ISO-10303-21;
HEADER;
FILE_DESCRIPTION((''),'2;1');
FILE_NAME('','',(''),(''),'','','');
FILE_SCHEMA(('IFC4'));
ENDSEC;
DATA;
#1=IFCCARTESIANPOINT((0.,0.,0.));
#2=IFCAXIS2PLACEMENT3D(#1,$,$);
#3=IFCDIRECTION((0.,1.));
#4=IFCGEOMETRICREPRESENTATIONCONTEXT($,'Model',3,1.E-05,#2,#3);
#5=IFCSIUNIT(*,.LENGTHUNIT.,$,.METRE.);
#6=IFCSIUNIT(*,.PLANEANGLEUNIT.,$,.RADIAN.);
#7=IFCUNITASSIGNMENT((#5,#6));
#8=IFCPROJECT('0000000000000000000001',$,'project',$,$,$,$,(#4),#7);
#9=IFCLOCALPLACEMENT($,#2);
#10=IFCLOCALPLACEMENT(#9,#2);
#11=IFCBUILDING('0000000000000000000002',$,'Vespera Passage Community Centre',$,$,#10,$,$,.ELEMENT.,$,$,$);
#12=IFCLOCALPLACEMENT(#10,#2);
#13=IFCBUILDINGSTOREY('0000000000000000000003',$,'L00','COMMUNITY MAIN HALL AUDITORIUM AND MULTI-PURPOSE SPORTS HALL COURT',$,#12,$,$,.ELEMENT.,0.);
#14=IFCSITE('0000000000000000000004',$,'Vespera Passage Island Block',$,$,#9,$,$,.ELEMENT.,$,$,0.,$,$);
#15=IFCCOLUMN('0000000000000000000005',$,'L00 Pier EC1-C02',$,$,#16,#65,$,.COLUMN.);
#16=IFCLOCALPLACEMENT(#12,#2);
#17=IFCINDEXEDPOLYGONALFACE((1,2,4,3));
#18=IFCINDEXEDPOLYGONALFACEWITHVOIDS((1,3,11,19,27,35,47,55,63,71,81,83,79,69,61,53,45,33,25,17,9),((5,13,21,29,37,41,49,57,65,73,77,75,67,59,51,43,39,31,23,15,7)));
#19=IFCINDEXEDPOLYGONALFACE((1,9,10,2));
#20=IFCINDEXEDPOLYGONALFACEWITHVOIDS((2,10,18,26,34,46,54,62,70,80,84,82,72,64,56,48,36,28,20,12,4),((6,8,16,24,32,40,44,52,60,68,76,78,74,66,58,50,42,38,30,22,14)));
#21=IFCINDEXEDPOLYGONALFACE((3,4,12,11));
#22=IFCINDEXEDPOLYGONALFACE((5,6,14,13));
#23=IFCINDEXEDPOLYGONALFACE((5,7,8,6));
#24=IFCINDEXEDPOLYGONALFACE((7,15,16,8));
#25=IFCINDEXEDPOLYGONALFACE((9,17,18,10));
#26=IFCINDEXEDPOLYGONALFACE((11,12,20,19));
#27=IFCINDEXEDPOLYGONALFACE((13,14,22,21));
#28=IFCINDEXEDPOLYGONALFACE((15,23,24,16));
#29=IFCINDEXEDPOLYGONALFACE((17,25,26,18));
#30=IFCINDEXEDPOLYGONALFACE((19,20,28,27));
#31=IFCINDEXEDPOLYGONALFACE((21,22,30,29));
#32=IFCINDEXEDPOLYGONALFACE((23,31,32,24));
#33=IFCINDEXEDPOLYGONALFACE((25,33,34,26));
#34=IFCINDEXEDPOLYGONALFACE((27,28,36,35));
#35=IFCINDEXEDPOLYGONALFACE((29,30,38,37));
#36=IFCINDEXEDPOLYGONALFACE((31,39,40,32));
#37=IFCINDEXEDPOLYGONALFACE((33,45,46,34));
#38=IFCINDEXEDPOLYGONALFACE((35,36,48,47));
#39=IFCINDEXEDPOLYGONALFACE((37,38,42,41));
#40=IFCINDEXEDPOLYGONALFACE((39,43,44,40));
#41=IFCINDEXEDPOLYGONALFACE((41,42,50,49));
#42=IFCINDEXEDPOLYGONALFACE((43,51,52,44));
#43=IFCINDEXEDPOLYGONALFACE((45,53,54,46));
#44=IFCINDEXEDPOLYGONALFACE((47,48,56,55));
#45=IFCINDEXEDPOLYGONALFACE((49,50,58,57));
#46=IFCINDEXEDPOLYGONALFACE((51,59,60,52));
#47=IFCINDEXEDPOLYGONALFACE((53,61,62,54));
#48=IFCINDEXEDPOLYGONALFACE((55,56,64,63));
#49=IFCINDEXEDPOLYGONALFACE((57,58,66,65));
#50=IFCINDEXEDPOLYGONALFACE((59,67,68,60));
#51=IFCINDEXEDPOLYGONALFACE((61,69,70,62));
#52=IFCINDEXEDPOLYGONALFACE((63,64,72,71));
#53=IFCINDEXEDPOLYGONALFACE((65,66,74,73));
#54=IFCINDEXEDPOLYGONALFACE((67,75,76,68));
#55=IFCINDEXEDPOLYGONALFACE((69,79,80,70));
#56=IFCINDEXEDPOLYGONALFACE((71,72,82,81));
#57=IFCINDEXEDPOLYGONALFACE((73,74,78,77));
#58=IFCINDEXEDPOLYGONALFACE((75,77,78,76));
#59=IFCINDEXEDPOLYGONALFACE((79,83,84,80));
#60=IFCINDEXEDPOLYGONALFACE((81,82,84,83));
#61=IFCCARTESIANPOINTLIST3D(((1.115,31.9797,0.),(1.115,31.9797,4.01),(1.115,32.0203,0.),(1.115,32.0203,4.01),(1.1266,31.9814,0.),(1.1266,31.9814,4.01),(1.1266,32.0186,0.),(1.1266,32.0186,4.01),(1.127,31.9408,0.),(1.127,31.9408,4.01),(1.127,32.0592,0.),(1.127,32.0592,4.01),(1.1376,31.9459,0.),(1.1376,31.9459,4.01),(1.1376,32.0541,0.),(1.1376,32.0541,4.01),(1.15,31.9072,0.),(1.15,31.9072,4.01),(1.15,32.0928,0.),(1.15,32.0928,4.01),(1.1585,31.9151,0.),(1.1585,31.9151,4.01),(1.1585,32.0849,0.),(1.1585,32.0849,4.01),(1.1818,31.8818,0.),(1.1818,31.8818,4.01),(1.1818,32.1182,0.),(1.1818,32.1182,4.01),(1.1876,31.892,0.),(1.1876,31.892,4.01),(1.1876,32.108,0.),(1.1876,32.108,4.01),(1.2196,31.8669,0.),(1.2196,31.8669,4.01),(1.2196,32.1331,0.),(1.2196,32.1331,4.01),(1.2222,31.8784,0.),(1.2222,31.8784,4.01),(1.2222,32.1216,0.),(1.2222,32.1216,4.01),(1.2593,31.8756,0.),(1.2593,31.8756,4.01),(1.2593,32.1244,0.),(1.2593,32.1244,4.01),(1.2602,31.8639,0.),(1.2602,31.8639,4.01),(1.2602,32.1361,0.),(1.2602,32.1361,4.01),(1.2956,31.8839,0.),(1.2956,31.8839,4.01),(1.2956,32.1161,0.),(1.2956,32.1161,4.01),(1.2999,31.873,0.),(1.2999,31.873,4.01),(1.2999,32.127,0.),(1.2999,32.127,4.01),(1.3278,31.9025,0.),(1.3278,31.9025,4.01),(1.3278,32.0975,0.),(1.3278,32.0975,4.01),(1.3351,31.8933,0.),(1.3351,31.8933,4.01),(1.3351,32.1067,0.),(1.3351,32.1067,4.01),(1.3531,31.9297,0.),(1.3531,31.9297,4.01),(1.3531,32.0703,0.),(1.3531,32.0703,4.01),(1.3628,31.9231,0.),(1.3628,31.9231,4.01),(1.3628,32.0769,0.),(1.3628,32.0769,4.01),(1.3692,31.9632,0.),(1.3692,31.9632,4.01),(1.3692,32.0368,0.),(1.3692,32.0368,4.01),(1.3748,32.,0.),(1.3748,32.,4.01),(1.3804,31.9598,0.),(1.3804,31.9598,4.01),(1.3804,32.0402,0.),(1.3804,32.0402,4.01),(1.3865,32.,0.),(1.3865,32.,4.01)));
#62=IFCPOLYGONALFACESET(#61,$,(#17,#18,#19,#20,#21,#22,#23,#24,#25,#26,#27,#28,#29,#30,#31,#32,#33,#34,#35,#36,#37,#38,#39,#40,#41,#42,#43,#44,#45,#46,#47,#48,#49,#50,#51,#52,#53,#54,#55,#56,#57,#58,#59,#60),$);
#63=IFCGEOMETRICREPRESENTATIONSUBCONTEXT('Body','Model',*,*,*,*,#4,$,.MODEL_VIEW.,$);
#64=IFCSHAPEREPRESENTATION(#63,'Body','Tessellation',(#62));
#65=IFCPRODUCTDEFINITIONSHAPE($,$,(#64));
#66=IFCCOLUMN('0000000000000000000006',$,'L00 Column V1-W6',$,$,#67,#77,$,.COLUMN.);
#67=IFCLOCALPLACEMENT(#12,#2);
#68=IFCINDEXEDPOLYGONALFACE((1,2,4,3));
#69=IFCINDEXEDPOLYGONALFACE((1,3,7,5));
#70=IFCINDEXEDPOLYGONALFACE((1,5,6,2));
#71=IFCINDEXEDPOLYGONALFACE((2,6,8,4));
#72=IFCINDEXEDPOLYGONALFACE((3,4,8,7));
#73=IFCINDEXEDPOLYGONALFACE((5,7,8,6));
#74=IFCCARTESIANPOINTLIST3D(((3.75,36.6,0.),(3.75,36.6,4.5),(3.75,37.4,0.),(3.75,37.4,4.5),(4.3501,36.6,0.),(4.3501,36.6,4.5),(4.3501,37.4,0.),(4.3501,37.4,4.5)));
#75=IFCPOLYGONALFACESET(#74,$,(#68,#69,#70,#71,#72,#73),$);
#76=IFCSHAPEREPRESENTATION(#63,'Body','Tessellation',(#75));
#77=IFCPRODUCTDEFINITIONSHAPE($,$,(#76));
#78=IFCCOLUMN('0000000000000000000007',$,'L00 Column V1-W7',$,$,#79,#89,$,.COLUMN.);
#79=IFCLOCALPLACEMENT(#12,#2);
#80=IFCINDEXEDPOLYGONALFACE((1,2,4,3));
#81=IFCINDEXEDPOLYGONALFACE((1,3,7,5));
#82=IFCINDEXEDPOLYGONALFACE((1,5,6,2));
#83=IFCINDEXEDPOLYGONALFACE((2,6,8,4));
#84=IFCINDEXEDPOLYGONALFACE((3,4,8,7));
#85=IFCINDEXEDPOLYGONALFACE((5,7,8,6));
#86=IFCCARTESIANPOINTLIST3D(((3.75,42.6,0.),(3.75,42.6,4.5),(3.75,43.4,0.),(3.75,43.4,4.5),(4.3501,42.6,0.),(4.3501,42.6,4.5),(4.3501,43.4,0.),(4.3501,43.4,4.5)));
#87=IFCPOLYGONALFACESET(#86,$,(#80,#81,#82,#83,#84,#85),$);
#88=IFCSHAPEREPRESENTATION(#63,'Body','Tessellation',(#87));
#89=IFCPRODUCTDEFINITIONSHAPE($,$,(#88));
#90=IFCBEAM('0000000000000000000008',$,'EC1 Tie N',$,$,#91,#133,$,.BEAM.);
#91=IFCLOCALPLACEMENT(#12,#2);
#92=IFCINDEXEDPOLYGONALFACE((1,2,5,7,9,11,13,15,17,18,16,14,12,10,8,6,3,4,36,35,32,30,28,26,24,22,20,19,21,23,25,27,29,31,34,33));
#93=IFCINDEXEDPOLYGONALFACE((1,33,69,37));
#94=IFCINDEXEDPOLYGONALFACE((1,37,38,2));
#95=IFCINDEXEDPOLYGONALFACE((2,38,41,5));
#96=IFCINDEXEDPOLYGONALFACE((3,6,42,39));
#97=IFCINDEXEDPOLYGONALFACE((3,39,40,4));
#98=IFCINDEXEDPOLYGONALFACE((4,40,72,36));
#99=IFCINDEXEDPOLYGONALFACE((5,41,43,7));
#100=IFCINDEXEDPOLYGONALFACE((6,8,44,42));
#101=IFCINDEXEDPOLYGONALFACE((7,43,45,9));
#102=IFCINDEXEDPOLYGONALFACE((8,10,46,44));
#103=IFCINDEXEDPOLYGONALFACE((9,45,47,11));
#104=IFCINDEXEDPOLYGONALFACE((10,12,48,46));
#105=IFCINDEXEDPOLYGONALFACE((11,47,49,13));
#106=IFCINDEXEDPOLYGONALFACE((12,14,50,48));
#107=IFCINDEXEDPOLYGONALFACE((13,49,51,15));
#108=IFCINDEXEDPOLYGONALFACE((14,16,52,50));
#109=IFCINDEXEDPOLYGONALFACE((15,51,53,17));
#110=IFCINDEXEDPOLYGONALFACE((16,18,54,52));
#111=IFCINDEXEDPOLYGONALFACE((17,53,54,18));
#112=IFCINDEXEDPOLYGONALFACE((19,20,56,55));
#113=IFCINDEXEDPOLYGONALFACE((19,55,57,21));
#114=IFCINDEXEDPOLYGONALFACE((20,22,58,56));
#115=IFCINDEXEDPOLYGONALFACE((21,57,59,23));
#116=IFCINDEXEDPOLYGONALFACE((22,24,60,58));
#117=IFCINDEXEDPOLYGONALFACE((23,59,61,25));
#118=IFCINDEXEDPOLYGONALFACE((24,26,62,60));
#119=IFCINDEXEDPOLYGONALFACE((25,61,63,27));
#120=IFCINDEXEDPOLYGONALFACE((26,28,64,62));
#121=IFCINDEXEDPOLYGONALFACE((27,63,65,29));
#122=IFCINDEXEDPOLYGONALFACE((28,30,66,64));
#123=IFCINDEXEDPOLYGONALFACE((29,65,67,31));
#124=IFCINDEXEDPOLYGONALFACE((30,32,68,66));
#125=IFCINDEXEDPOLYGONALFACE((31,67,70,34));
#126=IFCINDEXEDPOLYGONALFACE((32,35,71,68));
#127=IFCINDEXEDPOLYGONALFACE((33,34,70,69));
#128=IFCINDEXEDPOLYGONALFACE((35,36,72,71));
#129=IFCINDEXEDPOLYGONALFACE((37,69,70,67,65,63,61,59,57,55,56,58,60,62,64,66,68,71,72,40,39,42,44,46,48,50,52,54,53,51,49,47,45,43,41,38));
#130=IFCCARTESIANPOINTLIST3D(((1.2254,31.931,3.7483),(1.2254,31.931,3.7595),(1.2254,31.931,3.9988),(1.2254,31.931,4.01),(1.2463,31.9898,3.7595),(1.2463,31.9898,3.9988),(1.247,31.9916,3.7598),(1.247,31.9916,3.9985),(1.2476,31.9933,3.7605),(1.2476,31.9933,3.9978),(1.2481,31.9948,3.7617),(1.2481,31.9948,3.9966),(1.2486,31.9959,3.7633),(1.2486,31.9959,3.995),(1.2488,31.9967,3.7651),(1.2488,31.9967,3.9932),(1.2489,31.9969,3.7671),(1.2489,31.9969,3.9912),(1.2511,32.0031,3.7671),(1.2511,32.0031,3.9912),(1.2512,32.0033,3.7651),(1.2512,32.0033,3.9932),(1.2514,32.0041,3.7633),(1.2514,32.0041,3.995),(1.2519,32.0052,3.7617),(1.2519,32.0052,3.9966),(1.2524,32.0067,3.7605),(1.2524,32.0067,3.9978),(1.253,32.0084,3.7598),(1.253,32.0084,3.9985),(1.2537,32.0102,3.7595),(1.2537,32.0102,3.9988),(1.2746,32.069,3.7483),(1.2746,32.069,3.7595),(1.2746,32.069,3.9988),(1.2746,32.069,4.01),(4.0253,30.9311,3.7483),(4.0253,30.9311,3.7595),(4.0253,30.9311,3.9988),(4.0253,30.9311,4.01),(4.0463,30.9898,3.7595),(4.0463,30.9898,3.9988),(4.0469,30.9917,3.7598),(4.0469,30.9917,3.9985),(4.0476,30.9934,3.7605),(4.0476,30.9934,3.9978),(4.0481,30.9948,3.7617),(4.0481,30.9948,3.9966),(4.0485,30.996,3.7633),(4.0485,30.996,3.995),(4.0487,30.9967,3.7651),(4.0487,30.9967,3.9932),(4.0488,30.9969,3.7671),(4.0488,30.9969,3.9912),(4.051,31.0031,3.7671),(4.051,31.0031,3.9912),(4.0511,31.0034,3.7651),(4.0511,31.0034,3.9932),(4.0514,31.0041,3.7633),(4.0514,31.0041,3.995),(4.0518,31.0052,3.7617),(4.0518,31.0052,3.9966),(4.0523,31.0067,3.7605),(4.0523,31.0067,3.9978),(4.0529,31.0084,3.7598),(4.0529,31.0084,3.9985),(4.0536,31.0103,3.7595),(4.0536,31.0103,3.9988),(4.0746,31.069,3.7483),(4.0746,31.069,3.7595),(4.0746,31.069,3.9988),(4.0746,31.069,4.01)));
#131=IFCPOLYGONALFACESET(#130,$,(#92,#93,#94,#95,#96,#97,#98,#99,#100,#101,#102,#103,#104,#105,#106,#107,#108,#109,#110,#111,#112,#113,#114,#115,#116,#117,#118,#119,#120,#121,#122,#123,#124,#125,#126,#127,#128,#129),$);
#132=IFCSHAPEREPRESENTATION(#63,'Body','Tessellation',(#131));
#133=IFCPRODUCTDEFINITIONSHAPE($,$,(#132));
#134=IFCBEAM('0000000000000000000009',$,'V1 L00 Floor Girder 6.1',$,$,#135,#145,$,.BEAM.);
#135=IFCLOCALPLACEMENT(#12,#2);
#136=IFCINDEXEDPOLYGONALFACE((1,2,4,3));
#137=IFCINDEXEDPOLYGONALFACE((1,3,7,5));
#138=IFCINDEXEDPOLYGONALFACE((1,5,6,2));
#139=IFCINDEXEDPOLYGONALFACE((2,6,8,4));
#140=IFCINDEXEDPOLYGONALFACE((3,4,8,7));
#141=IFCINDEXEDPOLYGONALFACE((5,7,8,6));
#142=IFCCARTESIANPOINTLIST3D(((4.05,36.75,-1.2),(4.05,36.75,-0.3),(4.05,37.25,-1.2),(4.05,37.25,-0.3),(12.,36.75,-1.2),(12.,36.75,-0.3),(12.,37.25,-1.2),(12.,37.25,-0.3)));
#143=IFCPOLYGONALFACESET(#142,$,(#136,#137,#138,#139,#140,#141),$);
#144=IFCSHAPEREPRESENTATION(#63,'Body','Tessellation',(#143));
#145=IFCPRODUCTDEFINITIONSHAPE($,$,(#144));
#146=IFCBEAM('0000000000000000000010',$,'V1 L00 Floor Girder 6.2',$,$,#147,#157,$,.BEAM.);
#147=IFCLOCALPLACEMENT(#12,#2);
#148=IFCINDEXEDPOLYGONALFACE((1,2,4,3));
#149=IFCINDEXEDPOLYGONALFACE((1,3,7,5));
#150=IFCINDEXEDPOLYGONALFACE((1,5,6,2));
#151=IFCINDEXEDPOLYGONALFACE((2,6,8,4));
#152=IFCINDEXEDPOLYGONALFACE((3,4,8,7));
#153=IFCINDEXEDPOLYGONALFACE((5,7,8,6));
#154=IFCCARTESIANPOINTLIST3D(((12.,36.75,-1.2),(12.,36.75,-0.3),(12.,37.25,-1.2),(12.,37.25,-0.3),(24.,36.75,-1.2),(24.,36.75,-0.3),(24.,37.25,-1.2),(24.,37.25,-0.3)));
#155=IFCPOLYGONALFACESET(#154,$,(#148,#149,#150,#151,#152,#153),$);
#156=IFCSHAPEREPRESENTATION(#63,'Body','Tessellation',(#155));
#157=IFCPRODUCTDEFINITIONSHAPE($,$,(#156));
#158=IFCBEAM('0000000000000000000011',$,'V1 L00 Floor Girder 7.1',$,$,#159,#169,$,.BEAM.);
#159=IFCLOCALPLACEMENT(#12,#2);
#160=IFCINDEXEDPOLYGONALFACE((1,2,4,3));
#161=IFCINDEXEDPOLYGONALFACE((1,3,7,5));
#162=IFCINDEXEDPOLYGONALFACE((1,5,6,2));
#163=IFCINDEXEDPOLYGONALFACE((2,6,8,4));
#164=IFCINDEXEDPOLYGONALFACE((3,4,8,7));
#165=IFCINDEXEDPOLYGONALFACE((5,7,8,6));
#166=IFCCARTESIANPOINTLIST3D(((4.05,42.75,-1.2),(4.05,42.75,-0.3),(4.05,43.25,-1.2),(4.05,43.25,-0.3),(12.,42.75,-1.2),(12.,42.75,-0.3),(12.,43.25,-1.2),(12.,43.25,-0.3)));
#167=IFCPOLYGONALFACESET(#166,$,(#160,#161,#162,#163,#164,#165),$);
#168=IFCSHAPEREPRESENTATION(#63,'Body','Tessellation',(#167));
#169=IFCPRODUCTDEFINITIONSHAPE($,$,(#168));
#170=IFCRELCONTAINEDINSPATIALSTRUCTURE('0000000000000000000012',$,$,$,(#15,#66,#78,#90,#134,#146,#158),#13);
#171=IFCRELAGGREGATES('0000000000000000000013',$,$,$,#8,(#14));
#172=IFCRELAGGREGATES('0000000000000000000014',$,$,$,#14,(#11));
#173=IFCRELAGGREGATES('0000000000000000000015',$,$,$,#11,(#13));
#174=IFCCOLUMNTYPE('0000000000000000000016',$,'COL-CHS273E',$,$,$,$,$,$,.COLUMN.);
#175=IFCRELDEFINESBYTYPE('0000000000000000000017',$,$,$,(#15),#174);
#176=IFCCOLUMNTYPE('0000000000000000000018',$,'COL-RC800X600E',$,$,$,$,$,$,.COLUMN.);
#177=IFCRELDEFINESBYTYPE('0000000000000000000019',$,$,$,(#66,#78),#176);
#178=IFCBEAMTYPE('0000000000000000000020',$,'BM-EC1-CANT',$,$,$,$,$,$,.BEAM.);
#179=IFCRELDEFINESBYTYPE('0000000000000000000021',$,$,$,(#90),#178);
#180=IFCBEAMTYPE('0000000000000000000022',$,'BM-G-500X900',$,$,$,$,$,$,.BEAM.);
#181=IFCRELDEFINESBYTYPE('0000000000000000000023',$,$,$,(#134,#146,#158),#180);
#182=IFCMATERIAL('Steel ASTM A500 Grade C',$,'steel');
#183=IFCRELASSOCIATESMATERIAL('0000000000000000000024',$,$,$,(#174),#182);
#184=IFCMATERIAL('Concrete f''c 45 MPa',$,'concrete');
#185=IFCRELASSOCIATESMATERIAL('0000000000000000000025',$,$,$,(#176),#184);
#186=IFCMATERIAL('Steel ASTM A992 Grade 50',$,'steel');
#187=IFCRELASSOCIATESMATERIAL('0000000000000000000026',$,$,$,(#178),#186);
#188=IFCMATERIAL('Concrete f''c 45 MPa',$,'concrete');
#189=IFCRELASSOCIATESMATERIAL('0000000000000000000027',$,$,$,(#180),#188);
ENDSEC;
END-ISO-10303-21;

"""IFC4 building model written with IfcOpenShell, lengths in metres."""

from ifc_helpers import new_model, si_unit, direction, frame, origin, origin_2d, place, context, subcontext, project, spatial, rectangle, hollow_circle, i_section, extrude, material, material_profile, profile_set, type_object, element, save


model = new_model("IFC4")

# Units and contexts
model_context = context("Model", 3, precision=1e-05, world=origin(), true_north=direction((0.0, 1.0)))
body_context = subcontext(model_context, "Body", "Model", "MODEL_VIEW")
ifc_project = project(units=[si_unit("LENGTHUNIT", "METRE"), si_unit("PLANEANGLEUNIT", "RADIAN")], contexts=[model_context])

# Site, building, storey
site_placement = place(None, origin())
site = spatial("IfcSite", under=ifc_project, at=site_placement, Name="Vespera Passage Island Block", CompositionType="ELEMENT", RefElevation=0.0)
building_placement = place(site_placement, origin())
building = spatial("IfcBuilding", under=site, at=building_placement, Name="Vespera Passage Community Centre", CompositionType="ELEMENT")
storey_placement = place(building_placement, origin())
storey = spatial("IfcBuildingStorey", under=building, at=storey_placement, Name="L00", Description="COMMUNITY MAIN HALL AUDITORIUM AND MULTI-PURPOSE SPORTS HALL COURT", CompositionType="ELEMENT", Elevation=0.0)

# Columns
ifc_material_1 = material(Name="Steel ASTM A500 Grade C", Category="steel")
ifc_material_profile_1 = material_profile(ifc_material_1, hollow_circle(Radius=0.1365, WallThickness=0.0117, at=origin_2d()), Name="CHS273X12.7")
ifc_profile_set_1 = profile_set([ifc_material_profile_1], Name="Steel ASTM A500 Grade C")
column_type_1 = type_object("IfcColumnType", Name="COL-CHS273E", PredefinedType="COLUMN", material=ifc_profile_set_1)
column_placement = place(storey_placement, frame((1.25, 32.0, 0.0), z_axis=(0.0, 0.0, 1.0), x_axis=(1.0, 0.0, 0.0)))
element("IfcColumn", 1, at=column_placement, inside=storey, type_object=column_type_1, Name="L00 Pier EC1-C02", PredefinedType="COLUMN", context=body_context, shape_type="SweptSolid", body=[
    extrude(hollow_circle(Radius=0.1365, WallThickness=0.0117, at=origin_2d()), origin(), (0.0, 0.0, 1.0), 4.01),
])
ifc_material_2 = material(Name="Concrete f'c 45 MPa", Category="concrete")
ifc_material_profile_2 = material_profile(ifc_material_2, rectangle(XDim=0.6001, YDim=0.8, at=origin_2d()), Name="RC800X600")
ifc_profile_set_2 = profile_set([ifc_material_profile_2], Name="Concrete f'c 45 MPa")
column_type_2 = type_object("IfcColumnType", Name="COL-RC800X600E", PredefinedType="COLUMN", material=ifc_profile_set_2)
for number, where, z_axis, x_axis, name in (
    (2, (4.05, 37.0, 0.0), (0.0, 0.0, 1.0), (1.0, 0.0, 0.0), "L00 Column V1-W6"),
    (3, (4.05, 43.0, 0.0), (0.0, 0.0, 1.0), (1.0, 0.0, 0.0), "L00 Column V1-W7"),
):
    element("IfcColumn", number, at=place(storey_placement, frame(where, z_axis=z_axis, x_axis=x_axis)), inside=storey, type_object=column_type_2, Name=name, PredefinedType="COLUMN", context=body_context, shape_type="SweptSolid", body=[
        extrude(rectangle(XDim=0.6001, YDim=0.8, at=origin_2d()), origin(), (0.0, 0.0, 1.0), 4.5),
    ])

# Beams
ifc_material_3 = material(Name="Steel ASTM A992 Grade 50", Category="steel")
ifc_material_profile_3 = material_profile(ifc_material_3, i_section(OverallWidth=0.1465, OverallDepth=0.2617, WebThickness=0.0066, FlangeThickness=0.0112, FilletRadius=0.0076, at=origin_2d()), Name="W10X26")
ifc_profile_set_3 = profile_set([ifc_material_profile_3], Name="Steel ASTM A992 Grade 50")
beam_type_1 = type_object("IfcBeamType", Name="BM-EC1-CANT", PredefinedType="BEAM", material=ifc_profile_set_3)
beam_1_placement = place(storey_placement, frame((1.25, 32.0, 3.8792), z_axis=(0.941744, -0.336331, 0.0), x_axis=(0.336331, 0.941744, 0.0)))
element("IfcBeam", 4, at=beam_1_placement, inside=storey, type_object=beam_type_1, Name="EC1 Tie N", PredefinedType="BEAM", context=body_context, shape_type="SweptSolid", body=[
    extrude(i_section(OverallWidth=0.1465, OverallDepth=0.2617, WebThickness=0.0066, FlangeThickness=0.0112, FilletRadius=0.0076, at=origin_2d()), origin(), (0.0, 0.0, 1.0), 2.9731),
])
ifc_material_4 = material(Name="Concrete f'c 45 MPa", Category="concrete")
ifc_material_profile_4 = material_profile(ifc_material_4, rectangle(XDim=0.5, YDim=0.8999, at=origin_2d()), Name="RC500X900")
ifc_profile_set_4 = profile_set([ifc_material_profile_4], Name="Concrete f'c 45 MPa")
beam_type_2 = type_object("IfcBeamType", Name="BM-G-500X900", PredefinedType="BEAM", material=ifc_profile_set_4)
beam_2_placement = place(storey_placement, frame((4.05, 37.0, -0.75), z_axis=(1.0, 0.0, 0.0), x_axis=(0.0, 1.0, 0.0)))
element("IfcBeam", 5, at=beam_2_placement, inside=storey, type_object=beam_type_2, Name="V1 L00 Floor Girder 6.1", PredefinedType="BEAM", context=body_context, shape_type="SweptSolid", body=[
    extrude(rectangle(XDim=0.5, YDim=0.8999, at=origin_2d()), origin(), (0.0, 0.0, 1.0), 7.95),
])
beam_3_placement = place(storey_placement, frame((12.0, 37.0, -0.75), z_axis=(1.0, 0.0, 0.0), x_axis=(0.0, 1.0, 0.0)))
element("IfcBeam", 6, at=beam_3_placement, inside=storey, type_object=beam_type_2, Name="V1 L00 Floor Girder 6.2", PredefinedType="BEAM", context=body_context, shape_type="SweptSolid", body=[
    extrude(rectangle(XDim=0.5, YDim=0.8999, at=origin_2d()), origin(), (0.0, 0.0, 1.0), 12.0),
])
beam_4_placement = place(storey_placement, frame((4.05, 43.0, -0.75), z_axis=(1.0, 0.0, 0.0), x_axis=(0.0, 1.0, 0.0)))
element("IfcBeam", 7, at=beam_4_placement, inside=storey, type_object=beam_type_2, Name="V1 L00 Floor Girder 7.1", PredefinedType="BEAM", context=body_context, shape_type="SweptSolid", body=[
    extrude(rectangle(XDim=0.5, YDim=0.8999, at=origin_2d()), origin(), (0.0, 0.0, 1.0), 7.95),
])

save(model, "model.ifc")
